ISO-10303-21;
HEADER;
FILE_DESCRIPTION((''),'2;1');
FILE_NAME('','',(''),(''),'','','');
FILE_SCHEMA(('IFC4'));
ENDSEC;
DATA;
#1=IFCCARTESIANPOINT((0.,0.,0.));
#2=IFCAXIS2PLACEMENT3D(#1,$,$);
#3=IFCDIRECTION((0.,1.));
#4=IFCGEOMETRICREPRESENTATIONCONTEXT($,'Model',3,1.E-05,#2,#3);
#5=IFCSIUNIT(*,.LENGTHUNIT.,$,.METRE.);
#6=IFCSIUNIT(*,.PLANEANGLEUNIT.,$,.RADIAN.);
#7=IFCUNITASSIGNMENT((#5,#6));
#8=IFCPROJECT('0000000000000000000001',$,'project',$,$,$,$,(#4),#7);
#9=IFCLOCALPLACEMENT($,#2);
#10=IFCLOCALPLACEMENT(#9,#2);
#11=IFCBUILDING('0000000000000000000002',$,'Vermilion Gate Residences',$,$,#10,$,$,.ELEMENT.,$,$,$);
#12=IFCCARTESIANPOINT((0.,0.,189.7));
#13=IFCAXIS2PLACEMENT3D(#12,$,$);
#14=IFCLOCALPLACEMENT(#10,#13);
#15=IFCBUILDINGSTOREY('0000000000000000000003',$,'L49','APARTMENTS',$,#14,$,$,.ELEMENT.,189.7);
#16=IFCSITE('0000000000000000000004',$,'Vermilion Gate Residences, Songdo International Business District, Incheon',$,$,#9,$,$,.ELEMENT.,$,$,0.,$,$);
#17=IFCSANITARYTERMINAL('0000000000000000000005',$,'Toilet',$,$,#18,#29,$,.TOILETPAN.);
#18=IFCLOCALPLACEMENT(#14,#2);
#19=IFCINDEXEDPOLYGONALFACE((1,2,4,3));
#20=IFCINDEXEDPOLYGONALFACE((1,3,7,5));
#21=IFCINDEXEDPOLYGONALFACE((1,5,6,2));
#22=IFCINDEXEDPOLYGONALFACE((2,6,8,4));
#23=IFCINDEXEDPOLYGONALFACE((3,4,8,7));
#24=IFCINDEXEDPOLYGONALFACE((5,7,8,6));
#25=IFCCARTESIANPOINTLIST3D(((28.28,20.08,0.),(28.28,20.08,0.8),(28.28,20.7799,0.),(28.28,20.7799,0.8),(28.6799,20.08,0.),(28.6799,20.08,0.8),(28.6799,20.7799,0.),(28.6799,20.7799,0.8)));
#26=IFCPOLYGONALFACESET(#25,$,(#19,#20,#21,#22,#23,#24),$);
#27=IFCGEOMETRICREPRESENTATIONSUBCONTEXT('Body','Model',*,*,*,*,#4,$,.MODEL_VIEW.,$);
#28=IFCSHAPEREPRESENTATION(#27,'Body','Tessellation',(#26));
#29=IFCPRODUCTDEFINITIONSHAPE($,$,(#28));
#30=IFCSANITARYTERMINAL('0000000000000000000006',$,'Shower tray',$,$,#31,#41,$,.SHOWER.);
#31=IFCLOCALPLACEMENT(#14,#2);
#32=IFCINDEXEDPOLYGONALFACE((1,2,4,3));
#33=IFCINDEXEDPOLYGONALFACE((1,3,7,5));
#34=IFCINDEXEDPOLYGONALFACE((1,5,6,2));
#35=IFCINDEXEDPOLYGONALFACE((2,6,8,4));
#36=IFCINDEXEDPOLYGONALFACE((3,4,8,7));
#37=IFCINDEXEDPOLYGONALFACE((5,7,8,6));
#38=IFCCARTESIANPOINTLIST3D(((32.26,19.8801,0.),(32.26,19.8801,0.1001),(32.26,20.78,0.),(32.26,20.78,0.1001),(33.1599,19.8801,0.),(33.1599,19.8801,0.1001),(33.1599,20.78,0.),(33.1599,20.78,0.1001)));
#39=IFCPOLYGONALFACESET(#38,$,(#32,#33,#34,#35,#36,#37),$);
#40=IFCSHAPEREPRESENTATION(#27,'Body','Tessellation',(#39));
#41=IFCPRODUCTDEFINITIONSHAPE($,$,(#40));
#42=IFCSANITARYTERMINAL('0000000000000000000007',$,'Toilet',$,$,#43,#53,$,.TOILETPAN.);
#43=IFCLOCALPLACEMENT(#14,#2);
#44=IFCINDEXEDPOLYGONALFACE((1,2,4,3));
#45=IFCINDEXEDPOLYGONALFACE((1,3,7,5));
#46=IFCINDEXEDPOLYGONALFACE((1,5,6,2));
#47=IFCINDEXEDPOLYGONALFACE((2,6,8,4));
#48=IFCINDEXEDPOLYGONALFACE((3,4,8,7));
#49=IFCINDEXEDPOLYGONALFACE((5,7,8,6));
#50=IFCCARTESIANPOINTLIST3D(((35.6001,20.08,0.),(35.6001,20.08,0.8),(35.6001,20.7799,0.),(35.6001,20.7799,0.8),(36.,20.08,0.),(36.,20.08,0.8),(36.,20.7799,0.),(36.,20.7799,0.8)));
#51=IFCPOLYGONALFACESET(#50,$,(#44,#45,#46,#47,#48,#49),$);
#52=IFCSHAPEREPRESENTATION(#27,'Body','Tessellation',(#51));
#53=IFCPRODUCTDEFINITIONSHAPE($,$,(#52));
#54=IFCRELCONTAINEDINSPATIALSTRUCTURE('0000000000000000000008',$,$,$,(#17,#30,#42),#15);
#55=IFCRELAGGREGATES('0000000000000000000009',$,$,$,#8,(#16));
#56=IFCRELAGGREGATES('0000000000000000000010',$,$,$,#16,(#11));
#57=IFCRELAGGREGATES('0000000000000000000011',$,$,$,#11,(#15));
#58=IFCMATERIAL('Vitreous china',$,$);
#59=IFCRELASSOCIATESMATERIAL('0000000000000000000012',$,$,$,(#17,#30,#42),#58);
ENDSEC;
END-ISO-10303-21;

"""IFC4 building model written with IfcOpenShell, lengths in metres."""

from ifc_helpers import new_model, si_unit, direction, frame, origin, origin_2d, place, context, subcontext, project, spatial, rectangle, extrude, material, element, save


model = new_model("IFC4")

# Units and contexts
model_context = context("Model", 3, precision=1e-05, world=origin(), true_north=direction((0.0, 1.0)))
body_context = subcontext(model_context, "Body", "Model", "MODEL_VIEW")
ifc_project = project(units=[si_unit("LENGTHUNIT", "METRE"), si_unit("PLANEANGLEUNIT", "RADIAN")], contexts=[model_context])

# Site, building, storey
site_placement = place(None, origin())
site = spatial("IfcSite", under=ifc_project, at=site_placement, Name="Vermilion Gate Residences, Songdo International Business District, Incheon", CompositionType="ELEMENT", RefElevation=0.0)
building_placement = place(site_placement, origin())
building = spatial("IfcBuilding", under=site, at=building_placement, Name="Vermilion Gate Residences", CompositionType="ELEMENT")
storey_placement = place(building_placement, frame((0.0, 0.0, 189.7)))
storey = spatial("IfcBuildingStorey", under=building, at=storey_placement, Name="L49", Description="APARTMENTS", CompositionType="ELEMENT", Elevation=189.7)

# Sanitary terminals
ifc_material_1 = material(Name="Vitreous china")
sanitary_terminal_1_placement = place(storey_placement, frame((28.48, 20.4299, 0.0), z_axis=(0.0, 0.0, 1.0), x_axis=(1.0, 0.0, 0.0)))
element("IfcSanitaryTerminal", 1, at=sanitary_terminal_1_placement, inside=storey, material=ifc_material_1, Name="Toilet", PredefinedType="TOILETPAN", context=body_context, shape_type="SweptSolid", body=[
    extrude(rectangle(XDim=0.3999, YDim=0.7, at=origin_2d()), origin(), (0.0, 0.0, 1.0), 0.8),
])
sanitary_terminal_2_placement = place(storey_placement, frame((32.71, 20.3301, 0.0), z_axis=(0.0, 0.0, 1.0), x_axis=(1.0, 0.0, 0.0)))
element("IfcSanitaryTerminal", 2, at=sanitary_terminal_2_placement, inside=storey, material=ifc_material_1, Name="Shower tray", PredefinedType="SHOWER", context=body_context, shape_type="SweptSolid", body=[
    extrude(rectangle(XDim=0.8999, YDim=0.8999, at=origin_2d()), origin(), (0.0, 0.0, 1.0), 0.1001),
])
sanitary_terminal_3_placement = place(storey_placement, frame((35.8, 20.4299, 0.0), z_axis=(0.0, 0.0, 1.0), x_axis=(1.0, 0.0, 0.0)))
element("IfcSanitaryTerminal", 3, at=sanitary_terminal_3_placement, inside=storey, material=ifc_material_1, Name="Toilet", PredefinedType="TOILETPAN", context=body_context, shape_type="SweptSolid", body=[
    extrude(rectangle(XDim=0.3999, YDim=0.7, at=origin_2d()), origin(), (0.0, 0.0, 1.0), 0.8),
])

save(model, "model.ifc")
